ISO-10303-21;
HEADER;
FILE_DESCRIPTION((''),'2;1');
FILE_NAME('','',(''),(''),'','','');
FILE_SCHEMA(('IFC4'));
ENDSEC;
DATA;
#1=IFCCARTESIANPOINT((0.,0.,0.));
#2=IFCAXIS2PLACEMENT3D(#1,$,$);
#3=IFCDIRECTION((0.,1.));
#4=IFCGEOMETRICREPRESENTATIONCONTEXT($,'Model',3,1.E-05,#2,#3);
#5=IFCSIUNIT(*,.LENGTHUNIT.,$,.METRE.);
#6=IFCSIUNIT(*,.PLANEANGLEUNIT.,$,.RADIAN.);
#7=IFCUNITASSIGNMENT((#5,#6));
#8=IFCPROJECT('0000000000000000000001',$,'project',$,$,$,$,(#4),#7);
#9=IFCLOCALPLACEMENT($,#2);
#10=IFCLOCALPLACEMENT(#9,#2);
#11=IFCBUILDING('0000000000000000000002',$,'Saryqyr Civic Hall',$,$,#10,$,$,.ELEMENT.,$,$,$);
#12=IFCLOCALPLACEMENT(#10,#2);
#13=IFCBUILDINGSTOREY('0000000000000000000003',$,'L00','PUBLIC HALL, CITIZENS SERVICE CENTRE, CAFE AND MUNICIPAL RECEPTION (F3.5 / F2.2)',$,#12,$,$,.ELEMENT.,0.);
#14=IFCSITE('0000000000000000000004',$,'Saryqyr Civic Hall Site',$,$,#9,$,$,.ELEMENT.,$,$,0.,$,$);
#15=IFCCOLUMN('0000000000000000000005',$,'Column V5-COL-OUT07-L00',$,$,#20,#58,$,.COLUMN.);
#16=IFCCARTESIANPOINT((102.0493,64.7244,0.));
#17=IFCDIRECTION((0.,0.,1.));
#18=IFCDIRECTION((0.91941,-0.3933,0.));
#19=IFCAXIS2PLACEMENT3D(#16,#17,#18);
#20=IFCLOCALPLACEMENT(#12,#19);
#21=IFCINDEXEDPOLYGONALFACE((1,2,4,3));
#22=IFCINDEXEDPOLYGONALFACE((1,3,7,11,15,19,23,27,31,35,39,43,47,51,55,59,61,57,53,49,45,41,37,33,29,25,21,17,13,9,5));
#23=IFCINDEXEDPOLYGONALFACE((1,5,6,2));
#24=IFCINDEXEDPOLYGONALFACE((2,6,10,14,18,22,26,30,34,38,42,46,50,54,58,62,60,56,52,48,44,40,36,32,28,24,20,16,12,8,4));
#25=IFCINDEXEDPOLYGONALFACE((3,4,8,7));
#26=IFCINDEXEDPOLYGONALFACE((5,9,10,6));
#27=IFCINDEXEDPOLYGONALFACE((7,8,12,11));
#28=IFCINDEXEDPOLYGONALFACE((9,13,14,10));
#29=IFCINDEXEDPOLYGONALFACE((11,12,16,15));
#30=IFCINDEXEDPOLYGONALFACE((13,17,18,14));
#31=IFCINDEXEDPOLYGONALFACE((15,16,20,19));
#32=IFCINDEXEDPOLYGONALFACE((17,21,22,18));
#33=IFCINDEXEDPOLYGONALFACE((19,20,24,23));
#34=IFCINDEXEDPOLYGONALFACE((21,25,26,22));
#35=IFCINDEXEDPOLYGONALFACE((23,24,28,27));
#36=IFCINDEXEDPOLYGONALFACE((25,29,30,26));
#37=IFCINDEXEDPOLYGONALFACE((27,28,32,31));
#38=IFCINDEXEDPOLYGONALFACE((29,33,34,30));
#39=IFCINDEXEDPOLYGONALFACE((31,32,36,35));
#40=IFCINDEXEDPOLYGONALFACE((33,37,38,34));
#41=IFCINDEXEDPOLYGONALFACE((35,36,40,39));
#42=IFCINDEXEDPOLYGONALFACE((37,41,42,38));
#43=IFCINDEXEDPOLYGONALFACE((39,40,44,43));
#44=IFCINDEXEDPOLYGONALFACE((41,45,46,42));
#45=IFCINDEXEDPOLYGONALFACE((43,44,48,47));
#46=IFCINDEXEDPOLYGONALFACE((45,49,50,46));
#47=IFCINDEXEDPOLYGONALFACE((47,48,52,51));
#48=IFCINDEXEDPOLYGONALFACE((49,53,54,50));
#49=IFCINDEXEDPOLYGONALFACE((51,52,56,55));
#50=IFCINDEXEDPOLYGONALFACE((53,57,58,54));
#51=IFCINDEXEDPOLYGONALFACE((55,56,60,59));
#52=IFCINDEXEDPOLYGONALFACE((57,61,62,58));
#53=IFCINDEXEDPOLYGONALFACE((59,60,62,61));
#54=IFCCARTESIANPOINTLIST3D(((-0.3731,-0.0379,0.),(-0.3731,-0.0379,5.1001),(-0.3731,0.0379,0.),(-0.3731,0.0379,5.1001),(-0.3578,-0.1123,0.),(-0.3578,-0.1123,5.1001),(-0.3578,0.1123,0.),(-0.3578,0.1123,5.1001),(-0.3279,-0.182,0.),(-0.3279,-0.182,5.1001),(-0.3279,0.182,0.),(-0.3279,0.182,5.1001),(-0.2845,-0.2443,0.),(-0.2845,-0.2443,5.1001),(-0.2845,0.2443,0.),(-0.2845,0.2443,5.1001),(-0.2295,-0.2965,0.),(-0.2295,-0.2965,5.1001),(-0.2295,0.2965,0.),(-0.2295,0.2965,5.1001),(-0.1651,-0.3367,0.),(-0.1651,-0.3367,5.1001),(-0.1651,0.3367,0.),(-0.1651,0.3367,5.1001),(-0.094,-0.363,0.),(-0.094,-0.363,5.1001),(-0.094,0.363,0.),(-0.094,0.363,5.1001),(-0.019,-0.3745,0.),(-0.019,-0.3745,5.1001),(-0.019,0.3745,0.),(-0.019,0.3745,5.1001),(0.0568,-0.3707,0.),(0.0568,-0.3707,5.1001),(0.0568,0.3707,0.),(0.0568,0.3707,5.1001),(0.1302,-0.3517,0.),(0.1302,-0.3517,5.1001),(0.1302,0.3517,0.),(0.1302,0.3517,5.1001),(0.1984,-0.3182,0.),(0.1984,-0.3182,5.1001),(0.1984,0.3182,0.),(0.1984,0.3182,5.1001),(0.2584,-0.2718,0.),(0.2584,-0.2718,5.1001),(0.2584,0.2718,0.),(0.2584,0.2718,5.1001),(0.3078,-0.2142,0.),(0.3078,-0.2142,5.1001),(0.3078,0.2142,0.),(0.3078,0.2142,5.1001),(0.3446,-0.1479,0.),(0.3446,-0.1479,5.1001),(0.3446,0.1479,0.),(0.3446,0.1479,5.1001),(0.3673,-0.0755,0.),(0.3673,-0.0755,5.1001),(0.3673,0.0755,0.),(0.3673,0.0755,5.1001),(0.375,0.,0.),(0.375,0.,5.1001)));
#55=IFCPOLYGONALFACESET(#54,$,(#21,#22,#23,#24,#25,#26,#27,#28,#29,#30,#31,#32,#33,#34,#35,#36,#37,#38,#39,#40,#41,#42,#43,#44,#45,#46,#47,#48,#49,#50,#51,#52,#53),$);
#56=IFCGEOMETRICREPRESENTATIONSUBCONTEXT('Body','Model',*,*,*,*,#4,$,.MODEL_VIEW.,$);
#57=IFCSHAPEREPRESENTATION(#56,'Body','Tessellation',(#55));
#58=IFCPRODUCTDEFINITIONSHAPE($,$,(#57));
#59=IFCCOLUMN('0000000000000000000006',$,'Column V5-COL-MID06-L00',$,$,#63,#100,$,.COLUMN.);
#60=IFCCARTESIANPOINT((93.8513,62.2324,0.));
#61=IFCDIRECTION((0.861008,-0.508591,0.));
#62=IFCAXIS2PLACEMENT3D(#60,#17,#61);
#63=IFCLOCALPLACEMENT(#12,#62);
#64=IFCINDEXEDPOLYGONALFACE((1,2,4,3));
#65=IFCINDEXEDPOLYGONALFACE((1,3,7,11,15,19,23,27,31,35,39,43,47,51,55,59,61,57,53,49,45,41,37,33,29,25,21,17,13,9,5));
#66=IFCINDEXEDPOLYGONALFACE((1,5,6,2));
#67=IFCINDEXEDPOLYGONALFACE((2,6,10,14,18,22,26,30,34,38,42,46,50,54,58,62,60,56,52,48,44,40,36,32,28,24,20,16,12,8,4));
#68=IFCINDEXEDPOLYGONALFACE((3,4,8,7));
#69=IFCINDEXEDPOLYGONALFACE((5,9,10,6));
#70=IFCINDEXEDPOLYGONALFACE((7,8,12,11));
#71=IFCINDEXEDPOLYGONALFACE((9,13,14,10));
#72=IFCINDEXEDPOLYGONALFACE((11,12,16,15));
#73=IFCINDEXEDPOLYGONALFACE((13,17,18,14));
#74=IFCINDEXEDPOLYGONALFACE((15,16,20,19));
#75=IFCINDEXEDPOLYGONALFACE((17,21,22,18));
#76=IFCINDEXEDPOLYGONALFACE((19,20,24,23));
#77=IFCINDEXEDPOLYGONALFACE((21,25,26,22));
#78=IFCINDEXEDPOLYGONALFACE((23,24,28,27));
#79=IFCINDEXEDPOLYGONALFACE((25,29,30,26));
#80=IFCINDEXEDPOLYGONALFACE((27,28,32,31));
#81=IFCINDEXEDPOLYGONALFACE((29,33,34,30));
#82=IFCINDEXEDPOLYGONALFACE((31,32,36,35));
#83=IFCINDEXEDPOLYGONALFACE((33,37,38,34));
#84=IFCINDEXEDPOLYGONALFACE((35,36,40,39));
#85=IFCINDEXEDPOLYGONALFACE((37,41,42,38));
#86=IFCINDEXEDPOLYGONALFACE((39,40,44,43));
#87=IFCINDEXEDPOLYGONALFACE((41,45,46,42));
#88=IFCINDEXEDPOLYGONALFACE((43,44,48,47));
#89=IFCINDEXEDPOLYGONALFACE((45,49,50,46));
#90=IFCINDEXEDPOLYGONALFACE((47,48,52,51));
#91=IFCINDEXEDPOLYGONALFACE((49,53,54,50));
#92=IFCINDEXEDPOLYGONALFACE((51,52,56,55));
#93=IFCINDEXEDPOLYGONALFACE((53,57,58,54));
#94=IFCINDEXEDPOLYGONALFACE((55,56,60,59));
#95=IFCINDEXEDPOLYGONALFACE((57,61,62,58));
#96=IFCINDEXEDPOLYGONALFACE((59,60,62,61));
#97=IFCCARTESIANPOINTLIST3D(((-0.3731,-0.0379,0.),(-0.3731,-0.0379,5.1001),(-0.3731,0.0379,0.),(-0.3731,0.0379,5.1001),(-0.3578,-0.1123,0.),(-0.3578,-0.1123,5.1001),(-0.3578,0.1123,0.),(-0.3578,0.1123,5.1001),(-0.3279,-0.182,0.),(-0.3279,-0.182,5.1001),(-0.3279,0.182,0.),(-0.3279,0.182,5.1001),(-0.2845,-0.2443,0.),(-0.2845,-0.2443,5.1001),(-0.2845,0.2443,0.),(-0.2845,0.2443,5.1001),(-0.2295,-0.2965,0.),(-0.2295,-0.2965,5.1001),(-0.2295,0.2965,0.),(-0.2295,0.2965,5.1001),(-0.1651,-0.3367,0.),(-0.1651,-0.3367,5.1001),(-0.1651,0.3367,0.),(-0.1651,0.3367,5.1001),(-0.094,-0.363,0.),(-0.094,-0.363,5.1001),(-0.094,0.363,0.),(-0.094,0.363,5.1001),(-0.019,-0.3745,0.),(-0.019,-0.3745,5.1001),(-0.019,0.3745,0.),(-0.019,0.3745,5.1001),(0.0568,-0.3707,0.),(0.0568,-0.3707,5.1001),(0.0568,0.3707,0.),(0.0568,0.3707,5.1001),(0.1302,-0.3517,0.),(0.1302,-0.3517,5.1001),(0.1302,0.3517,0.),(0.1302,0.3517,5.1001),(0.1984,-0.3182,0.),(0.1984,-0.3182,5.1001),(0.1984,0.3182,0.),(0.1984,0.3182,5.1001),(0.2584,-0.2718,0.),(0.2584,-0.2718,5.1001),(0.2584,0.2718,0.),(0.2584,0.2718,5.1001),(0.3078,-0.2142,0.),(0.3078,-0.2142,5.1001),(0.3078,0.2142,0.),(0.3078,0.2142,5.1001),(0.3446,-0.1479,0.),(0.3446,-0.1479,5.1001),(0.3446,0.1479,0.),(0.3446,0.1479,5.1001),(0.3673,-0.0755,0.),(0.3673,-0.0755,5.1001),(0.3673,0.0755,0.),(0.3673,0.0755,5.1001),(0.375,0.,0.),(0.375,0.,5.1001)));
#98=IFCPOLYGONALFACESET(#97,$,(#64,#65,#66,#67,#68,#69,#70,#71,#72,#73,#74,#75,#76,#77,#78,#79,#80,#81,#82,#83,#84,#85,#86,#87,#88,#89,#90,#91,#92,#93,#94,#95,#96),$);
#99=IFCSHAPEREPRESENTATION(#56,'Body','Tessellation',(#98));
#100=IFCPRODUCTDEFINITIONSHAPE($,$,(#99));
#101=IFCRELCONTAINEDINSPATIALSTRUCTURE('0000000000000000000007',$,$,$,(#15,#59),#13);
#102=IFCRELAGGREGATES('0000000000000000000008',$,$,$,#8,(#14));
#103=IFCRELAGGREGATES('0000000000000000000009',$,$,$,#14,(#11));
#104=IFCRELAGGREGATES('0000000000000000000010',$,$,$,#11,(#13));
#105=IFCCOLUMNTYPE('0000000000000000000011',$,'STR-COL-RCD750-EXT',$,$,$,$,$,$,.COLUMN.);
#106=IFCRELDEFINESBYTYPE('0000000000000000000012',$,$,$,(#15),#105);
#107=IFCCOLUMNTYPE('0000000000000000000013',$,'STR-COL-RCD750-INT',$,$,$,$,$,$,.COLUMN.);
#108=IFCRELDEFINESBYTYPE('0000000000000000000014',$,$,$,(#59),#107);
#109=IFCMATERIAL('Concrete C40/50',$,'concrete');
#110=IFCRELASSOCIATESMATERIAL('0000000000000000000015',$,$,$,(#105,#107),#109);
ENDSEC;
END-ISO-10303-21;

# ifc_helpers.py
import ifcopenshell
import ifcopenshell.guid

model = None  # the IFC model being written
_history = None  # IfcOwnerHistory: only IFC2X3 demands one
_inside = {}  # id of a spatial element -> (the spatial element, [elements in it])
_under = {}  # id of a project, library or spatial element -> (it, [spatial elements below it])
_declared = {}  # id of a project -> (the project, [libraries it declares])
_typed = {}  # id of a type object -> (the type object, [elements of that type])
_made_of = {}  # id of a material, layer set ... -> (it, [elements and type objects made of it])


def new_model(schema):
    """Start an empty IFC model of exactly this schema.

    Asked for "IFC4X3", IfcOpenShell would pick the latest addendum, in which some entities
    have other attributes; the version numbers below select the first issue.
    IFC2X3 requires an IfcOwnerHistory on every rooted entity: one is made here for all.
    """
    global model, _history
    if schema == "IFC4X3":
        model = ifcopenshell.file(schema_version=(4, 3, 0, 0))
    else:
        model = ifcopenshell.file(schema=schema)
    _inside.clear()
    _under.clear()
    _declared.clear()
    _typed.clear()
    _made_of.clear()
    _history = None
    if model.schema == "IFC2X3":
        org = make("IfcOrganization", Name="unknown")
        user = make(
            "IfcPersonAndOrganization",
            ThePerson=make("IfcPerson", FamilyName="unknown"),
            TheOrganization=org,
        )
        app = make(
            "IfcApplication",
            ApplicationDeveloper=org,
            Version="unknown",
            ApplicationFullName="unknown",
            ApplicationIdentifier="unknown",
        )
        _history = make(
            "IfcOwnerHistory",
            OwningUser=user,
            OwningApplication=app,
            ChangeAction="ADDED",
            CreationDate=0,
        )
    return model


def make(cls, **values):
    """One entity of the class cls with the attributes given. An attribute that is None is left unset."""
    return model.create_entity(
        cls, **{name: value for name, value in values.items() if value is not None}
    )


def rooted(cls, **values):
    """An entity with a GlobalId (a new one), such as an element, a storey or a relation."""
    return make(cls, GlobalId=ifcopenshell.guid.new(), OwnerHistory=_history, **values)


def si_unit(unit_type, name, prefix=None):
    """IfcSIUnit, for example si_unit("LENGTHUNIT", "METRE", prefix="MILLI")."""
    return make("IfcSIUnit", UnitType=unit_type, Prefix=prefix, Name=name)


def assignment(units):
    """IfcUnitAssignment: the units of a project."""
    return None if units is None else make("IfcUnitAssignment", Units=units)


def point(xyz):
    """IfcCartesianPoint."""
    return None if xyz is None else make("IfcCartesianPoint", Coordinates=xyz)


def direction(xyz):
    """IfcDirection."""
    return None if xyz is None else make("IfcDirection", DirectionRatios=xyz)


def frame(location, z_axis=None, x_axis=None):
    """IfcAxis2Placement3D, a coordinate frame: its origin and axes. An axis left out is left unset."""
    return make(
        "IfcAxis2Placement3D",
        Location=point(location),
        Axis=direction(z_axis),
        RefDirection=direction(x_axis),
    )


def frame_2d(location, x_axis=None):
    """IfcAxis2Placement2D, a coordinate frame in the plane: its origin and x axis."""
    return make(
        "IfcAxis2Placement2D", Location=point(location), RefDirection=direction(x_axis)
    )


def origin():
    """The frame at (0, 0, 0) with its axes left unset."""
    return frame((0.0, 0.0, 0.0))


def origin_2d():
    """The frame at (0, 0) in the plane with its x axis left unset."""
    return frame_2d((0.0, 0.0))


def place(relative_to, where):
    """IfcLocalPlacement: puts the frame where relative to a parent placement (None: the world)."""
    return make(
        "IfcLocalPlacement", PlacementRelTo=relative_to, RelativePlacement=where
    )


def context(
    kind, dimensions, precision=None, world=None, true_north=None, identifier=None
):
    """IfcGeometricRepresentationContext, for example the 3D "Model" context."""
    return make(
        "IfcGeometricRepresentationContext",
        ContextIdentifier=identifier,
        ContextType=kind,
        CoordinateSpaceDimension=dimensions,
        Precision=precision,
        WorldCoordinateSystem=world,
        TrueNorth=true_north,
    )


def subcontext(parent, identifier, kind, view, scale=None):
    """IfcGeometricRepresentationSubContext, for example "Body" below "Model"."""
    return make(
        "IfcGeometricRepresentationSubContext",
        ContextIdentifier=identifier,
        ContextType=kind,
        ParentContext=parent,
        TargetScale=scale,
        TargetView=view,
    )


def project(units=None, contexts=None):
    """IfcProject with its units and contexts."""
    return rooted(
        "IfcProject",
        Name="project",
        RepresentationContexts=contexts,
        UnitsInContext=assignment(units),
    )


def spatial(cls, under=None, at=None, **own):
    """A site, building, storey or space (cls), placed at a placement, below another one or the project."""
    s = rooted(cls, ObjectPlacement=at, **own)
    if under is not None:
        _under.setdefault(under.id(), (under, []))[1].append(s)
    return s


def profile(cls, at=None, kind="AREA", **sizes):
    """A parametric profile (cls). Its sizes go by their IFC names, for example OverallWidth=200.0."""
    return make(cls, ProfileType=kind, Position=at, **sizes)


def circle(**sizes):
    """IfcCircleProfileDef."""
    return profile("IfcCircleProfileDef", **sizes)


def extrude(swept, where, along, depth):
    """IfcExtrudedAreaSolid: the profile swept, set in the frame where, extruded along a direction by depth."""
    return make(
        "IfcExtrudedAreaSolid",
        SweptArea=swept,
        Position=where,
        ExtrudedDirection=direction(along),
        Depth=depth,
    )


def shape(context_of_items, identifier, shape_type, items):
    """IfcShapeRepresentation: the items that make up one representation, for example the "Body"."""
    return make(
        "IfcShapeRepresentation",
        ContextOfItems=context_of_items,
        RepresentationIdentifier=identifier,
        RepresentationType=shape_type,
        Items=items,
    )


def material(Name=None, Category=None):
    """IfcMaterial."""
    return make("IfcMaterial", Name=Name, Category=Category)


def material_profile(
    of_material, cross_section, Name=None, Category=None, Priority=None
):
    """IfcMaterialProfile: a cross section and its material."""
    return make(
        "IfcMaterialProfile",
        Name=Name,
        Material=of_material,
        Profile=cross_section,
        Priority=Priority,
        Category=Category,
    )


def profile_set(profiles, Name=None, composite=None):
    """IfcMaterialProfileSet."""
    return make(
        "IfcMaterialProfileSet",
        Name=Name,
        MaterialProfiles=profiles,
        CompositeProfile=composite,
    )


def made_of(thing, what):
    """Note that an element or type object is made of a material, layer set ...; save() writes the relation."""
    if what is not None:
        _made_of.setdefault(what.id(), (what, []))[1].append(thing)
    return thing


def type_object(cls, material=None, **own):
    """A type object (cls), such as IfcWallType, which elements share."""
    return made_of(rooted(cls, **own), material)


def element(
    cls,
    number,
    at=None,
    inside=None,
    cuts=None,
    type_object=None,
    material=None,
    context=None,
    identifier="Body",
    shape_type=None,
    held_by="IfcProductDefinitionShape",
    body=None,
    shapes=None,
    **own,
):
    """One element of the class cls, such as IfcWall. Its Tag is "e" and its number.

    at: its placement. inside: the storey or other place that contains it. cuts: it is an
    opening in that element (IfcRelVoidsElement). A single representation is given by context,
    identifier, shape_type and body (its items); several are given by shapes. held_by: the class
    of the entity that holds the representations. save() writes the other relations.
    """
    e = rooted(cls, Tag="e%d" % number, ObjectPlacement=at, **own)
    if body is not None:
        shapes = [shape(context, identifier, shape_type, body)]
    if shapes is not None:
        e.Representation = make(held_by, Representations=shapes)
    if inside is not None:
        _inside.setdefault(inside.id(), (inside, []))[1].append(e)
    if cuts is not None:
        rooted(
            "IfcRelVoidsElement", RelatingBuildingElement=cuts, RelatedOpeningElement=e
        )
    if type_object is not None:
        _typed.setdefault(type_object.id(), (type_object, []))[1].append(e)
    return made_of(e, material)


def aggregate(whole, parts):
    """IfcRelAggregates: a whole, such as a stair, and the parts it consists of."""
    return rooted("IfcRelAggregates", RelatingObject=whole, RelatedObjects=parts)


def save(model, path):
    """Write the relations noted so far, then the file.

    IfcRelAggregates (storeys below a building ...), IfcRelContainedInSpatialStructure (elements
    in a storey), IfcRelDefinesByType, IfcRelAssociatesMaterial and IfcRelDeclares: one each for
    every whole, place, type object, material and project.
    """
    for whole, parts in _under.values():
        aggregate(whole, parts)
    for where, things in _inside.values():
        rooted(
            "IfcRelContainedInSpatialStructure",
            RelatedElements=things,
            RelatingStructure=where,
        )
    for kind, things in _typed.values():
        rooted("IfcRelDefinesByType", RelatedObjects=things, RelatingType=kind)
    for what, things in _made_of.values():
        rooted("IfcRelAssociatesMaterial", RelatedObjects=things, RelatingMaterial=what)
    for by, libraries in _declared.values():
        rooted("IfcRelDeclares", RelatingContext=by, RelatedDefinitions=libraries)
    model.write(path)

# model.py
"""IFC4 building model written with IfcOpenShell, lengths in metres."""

from ifc_helpers import new_model, si_unit, direction, frame, origin, origin_2d, place, context, subcontext, project, spatial, circle, extrude, material, material_profile, profile_set, type_object, element, save


model = new_model("IFC4")

# Units and contexts
model_context = context("Model", 3, precision=1e-05, world=origin(), true_north=direction((0.0, 1.0)))
body_context = subcontext(model_context, "Body", "Model", "MODEL_VIEW")
ifc_project = project(units=[si_unit("LENGTHUNIT", "METRE"), si_unit("PLANEANGLEUNIT", "RADIAN")], contexts=[model_context])

# Site, building, storey
site_placement = place(None, origin())
site = spatial("IfcSite", under=ifc_project, at=site_placement, Name="Saryqyr Civic Hall Site", CompositionType="ELEMENT", RefElevation=0.0)
building_placement = place(site_placement, origin())
building = spatial("IfcBuilding", under=site, at=building_placement, Name="Saryqyr Civic Hall", CompositionType="ELEMENT")
storey_placement = place(building_placement, origin())
storey = spatial("IfcBuildingStorey", under=building, at=storey_placement, Name="L00", Description="PUBLIC HALL, CITIZENS SERVICE CENTRE, CAFE AND MUNICIPAL RECEPTION (F3.5 / F2.2)", CompositionType="ELEMENT", Elevation=0.0)

# Columns
ifc_material_1 = material(Name="Concrete C40/50", Category="concrete")
ifc_material_profile_1 = material_profile(ifc_material_1, circle(Radius=0.375, at=origin_2d()), Name="RC D750")
ifc_profile_set_1 = profile_set([ifc_material_profile_1], Name="Concrete C40/50")
column_type_1 = type_object("IfcColumnType", Name="STR-COL-RCD750-EXT", PredefinedType="COLUMN", material=ifc_profile_set_1)
column_1_placement = place(storey_placement, frame((102.0493, 64.7244, 0.0), z_axis=(0.0, 0.0, 1.0), x_axis=(0.91941, -0.3933, 0.0)))
element("IfcColumn", 1, at=column_1_placement, inside=storey, type_object=column_type_1, Name="Column V5-COL-OUT07-L00", PredefinedType="COLUMN", context=body_context, shape_type="SweptSolid", body=[
    extrude(circle(Radius=0.375, at=origin_2d()), origin(), (0.0, 0.0, 1.0), 5.1001),
])
ifc_material_profile_2 = material_profile(ifc_material_1, circle(Radius=0.375, at=origin_2d()), Name="RC D750")
ifc_profile_set_2 = profile_set([ifc_material_profile_2], Name="Concrete C40/50")
column_type_2 = type_object("IfcColumnType", Name="STR-COL-RCD750-INT", PredefinedType="COLUMN", material=ifc_profile_set_2)
column_2_placement = place(storey_placement, frame((93.8513, 62.2324, 0.0), z_axis=(0.0, 0.0, 1.0), x_axis=(0.861008, -0.508591, 0.0)))
element("IfcColumn", 2, at=column_2_placement, inside=storey, type_object=column_type_2, Name="Column V5-COL-MID06-L00", PredefinedType="COLUMN", context=body_context, shape_type="SweptSolid", body=[
    extrude(circle(Radius=0.375, at=origin_2d()), origin(), (0.0, 0.0, 1.0), 5.1001),
])

save(model, "model.ifc")
